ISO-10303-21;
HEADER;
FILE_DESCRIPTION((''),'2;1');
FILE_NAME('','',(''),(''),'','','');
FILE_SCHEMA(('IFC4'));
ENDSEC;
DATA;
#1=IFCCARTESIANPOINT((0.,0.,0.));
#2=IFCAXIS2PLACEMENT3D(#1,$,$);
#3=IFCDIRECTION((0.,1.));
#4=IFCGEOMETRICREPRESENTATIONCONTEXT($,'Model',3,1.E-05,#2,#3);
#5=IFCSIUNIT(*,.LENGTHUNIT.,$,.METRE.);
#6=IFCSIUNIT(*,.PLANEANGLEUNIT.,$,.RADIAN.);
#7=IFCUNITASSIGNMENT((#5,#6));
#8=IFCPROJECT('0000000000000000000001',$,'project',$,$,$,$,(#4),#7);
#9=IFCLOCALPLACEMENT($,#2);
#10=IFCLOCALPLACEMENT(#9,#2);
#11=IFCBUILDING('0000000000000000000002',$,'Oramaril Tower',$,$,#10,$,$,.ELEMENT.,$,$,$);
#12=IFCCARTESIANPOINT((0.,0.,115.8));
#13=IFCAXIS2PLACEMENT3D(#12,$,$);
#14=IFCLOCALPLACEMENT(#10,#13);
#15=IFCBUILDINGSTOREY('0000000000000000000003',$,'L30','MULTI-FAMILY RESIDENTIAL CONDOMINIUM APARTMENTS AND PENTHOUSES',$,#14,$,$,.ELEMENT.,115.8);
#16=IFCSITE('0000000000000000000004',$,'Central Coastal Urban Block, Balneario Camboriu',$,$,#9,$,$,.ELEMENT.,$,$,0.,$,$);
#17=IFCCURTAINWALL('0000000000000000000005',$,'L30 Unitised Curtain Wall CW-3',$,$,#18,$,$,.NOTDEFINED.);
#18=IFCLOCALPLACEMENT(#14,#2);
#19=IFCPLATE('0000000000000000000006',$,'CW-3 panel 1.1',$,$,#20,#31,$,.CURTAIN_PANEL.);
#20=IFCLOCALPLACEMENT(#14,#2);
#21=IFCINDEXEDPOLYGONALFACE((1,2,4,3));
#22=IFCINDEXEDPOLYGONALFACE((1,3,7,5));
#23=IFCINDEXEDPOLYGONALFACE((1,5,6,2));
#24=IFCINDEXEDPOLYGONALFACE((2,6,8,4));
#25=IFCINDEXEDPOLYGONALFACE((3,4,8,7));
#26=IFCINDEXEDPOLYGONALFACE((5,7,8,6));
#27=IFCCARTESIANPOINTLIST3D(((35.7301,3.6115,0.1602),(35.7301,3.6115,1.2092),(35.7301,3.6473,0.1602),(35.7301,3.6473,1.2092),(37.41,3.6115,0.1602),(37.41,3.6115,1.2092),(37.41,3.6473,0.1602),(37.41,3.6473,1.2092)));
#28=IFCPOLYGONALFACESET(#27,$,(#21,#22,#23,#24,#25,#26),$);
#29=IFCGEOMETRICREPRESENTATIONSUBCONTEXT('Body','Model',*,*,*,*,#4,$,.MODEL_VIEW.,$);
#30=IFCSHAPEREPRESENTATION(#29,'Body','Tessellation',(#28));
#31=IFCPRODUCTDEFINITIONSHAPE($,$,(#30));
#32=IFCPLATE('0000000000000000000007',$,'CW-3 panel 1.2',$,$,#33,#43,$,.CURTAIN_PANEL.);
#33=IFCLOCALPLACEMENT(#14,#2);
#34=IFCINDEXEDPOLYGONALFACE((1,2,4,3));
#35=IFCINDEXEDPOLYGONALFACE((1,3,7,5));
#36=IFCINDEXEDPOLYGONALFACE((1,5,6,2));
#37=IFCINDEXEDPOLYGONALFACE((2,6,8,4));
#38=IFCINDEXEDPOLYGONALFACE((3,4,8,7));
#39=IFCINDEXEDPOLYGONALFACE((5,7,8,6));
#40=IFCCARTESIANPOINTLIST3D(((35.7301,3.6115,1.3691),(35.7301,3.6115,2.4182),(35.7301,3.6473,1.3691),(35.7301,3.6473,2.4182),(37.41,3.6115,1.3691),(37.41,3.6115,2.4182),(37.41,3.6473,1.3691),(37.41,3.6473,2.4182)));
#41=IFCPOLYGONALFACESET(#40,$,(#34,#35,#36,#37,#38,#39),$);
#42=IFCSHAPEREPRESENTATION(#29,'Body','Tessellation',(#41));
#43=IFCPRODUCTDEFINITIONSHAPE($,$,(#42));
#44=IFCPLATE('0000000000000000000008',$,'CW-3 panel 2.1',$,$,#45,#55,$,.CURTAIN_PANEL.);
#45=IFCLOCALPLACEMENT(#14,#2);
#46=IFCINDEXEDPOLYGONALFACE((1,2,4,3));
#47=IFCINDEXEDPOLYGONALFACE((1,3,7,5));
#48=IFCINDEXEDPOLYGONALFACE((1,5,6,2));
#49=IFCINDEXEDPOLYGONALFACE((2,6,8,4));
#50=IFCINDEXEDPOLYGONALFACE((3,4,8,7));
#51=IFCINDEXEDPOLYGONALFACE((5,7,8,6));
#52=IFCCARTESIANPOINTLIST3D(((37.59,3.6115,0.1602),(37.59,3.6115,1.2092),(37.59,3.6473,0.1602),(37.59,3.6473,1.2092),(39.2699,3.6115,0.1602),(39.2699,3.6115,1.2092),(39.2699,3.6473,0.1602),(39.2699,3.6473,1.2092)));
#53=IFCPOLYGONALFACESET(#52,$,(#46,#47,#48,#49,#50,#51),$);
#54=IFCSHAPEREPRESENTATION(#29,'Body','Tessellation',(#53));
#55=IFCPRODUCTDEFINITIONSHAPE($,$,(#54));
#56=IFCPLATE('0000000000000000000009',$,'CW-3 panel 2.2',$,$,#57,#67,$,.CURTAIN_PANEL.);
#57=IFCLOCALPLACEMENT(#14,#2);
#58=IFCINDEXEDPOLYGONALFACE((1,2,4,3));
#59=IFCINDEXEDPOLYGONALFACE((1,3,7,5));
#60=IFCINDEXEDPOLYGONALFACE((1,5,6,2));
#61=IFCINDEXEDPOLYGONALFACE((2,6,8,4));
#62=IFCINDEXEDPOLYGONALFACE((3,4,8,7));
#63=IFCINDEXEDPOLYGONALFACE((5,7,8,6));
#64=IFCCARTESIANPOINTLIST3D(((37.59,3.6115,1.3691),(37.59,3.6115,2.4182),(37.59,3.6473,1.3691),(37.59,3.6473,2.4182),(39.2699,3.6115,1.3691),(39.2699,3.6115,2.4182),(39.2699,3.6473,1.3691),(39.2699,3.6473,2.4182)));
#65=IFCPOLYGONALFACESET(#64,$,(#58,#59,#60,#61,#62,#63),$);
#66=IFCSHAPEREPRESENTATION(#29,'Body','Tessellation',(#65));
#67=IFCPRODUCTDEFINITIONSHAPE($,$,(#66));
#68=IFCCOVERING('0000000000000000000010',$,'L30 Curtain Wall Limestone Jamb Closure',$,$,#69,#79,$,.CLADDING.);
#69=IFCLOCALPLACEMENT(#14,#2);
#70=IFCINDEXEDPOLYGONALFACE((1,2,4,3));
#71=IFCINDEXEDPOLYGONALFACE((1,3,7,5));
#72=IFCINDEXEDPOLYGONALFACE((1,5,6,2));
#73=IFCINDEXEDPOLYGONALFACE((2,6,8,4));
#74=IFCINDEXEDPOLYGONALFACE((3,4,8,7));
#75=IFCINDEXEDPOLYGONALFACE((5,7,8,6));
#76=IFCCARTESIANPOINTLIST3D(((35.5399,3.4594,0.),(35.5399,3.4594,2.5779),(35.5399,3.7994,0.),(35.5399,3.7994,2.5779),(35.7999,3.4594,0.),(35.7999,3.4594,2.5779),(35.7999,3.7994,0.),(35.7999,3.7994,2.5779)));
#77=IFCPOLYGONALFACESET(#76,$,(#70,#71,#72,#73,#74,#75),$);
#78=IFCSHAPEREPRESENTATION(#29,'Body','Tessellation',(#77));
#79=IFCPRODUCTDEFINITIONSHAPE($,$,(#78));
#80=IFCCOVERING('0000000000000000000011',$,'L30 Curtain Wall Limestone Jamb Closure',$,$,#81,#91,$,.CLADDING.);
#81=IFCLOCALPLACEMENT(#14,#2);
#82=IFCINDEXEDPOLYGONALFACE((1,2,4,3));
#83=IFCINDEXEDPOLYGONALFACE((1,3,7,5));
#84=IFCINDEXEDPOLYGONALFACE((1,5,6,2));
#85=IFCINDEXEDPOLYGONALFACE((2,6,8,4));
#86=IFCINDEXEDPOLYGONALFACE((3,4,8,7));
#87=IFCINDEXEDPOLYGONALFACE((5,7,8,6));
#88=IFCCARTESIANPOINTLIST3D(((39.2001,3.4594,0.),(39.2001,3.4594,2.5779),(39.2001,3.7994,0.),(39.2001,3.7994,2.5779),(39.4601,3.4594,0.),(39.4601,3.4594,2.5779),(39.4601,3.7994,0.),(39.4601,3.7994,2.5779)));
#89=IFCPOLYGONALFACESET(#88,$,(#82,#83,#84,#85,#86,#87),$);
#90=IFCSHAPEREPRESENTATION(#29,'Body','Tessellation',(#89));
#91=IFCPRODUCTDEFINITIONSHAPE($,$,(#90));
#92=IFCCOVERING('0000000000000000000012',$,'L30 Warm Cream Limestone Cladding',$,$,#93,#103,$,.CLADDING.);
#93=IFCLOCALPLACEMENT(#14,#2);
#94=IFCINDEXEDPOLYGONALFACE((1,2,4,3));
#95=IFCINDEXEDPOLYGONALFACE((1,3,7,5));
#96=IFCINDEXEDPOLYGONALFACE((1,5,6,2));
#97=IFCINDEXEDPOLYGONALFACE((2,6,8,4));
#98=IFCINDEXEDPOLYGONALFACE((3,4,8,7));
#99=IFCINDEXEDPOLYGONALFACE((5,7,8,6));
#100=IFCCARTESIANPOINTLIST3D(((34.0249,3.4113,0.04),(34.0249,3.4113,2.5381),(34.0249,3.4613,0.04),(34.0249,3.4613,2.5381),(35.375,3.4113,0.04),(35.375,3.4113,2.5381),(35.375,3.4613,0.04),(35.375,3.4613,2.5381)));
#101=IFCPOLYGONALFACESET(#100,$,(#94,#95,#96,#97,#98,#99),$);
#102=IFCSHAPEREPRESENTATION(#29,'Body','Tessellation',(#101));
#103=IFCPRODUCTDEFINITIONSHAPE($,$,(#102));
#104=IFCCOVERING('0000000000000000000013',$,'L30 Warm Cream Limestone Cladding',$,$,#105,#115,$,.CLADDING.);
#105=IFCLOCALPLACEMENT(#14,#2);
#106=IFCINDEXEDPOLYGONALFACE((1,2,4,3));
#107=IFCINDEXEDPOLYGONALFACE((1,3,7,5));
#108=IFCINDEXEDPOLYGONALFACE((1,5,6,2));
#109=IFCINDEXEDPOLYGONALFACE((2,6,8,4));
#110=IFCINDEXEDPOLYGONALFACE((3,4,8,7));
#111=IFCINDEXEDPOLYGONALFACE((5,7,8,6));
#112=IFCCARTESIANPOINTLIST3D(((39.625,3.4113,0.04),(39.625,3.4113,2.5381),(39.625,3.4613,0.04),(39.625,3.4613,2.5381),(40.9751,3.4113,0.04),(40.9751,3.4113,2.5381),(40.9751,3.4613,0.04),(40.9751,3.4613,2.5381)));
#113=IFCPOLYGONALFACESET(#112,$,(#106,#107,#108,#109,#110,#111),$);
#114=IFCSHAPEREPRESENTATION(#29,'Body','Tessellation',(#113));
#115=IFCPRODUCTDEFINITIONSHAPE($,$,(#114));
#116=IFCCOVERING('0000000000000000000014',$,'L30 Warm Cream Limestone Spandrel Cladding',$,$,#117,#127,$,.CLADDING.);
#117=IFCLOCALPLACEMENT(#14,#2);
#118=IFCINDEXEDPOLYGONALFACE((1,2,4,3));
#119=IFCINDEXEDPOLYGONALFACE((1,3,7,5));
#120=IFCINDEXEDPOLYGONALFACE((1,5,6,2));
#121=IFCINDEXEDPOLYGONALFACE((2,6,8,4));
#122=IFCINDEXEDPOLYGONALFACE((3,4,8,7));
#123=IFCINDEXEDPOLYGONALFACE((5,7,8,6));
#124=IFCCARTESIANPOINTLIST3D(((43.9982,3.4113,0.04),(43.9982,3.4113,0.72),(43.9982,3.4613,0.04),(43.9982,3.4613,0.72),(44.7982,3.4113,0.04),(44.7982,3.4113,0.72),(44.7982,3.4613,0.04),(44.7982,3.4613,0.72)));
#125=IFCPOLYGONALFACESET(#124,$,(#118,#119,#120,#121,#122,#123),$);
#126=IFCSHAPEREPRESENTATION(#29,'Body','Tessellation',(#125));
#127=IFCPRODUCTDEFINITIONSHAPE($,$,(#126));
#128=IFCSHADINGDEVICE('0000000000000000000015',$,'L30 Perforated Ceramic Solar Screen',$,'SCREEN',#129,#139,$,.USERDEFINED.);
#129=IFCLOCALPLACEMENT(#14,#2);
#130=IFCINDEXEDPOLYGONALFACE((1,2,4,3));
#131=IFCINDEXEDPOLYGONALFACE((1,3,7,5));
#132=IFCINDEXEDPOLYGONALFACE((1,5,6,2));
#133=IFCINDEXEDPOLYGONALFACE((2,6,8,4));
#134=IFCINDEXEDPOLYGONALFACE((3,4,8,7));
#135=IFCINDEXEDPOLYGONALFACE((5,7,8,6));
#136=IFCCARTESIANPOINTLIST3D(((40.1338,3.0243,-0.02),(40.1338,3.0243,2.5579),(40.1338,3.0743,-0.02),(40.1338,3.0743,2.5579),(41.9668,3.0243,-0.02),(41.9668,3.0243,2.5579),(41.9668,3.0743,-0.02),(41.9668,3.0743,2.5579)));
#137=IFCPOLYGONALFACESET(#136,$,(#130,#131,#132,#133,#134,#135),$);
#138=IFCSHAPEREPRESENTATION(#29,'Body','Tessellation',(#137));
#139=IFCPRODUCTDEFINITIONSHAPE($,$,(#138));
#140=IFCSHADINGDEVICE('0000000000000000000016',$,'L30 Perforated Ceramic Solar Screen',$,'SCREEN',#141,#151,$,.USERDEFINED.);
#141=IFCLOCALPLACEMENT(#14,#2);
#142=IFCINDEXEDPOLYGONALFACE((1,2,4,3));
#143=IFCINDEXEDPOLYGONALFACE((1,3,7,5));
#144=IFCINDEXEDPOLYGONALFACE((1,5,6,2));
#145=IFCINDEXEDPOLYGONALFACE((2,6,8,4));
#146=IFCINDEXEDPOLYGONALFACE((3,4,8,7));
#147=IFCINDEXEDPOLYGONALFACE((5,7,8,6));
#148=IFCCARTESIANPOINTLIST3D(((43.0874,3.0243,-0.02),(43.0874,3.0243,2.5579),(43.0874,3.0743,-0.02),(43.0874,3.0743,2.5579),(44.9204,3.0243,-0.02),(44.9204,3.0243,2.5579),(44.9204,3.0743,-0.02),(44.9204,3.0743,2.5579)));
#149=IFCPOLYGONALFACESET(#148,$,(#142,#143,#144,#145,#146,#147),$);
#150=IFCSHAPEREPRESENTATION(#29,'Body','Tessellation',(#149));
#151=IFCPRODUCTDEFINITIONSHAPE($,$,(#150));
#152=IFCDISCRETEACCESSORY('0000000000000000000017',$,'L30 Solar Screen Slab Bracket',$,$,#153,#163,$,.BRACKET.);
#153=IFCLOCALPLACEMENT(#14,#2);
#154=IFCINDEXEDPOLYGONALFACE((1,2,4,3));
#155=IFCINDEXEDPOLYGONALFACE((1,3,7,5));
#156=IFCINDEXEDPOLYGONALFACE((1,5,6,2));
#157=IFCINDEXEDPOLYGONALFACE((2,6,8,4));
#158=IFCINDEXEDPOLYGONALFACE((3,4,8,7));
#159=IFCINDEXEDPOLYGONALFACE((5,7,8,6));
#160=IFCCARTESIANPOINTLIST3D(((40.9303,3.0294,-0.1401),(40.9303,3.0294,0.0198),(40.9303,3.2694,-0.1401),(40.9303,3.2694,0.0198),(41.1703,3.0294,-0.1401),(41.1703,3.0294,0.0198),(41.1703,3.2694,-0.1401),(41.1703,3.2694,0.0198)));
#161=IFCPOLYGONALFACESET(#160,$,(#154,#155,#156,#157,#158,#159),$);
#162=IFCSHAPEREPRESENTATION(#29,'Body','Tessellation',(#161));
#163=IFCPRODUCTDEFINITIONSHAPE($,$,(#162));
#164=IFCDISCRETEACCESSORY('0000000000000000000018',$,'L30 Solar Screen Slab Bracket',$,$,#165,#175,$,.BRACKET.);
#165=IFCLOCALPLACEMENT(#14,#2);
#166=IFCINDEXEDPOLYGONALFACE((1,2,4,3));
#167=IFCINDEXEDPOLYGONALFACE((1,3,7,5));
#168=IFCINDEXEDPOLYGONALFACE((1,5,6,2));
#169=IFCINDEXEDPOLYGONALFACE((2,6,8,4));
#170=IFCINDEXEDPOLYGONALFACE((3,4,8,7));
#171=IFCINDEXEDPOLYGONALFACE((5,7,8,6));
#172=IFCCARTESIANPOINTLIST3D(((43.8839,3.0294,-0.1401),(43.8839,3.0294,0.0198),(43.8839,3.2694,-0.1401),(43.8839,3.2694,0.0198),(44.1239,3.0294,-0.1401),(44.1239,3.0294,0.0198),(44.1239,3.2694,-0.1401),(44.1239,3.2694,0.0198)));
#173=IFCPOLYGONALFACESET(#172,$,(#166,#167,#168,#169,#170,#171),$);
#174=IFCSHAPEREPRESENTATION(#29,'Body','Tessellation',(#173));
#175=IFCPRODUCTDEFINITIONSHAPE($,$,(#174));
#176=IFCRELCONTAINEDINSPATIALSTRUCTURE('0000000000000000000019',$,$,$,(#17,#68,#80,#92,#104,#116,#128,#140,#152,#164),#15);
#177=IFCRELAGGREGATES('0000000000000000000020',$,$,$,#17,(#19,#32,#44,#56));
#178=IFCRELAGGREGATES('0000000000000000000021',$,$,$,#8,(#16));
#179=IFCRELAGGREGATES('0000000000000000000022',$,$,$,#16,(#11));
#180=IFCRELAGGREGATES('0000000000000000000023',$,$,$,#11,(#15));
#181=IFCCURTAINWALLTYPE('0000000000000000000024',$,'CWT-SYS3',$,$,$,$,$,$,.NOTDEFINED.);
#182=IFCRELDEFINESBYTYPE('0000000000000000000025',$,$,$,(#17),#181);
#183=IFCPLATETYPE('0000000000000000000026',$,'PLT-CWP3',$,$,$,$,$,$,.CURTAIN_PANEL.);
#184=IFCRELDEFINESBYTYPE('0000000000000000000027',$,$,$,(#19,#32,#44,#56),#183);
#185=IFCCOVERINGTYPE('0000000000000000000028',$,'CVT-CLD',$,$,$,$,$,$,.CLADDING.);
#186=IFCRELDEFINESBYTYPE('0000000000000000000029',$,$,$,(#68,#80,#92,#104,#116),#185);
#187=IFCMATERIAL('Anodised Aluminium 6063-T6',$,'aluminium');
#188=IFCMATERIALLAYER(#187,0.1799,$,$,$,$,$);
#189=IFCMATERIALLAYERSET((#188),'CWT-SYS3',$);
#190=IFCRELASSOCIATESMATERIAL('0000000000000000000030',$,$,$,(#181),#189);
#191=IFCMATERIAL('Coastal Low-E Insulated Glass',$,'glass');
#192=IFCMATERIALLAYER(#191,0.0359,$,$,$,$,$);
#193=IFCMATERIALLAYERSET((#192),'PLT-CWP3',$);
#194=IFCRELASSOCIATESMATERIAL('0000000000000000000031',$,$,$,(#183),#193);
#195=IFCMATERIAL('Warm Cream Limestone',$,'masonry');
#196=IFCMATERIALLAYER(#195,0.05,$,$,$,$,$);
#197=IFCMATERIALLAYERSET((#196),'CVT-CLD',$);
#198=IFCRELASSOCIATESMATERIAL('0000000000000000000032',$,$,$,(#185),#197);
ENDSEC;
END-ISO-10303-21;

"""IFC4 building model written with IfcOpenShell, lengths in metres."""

from ifc_helpers import new_model, si_unit, direction, frame, origin, origin_2d, place, context, subcontext, project, spatial, rectangle, extrude, material, layer, layer_set, type_object, element, aggregate, save


model = new_model("IFC4")

# Units and contexts
model_context = context("Model", 3, precision=1e-05, world=origin(), true_north=direction((0.0, 1.0)))
body_context = subcontext(model_context, "Body", "Model", "MODEL_VIEW")
ifc_project = project(units=[si_unit("LENGTHUNIT", "METRE"), si_unit("PLANEANGLEUNIT", "RADIAN")], contexts=[model_context])

# Site, building, storey
site_placement = place(None, origin())
site = spatial("IfcSite", under=ifc_project, at=site_placement, Name="Central Coastal Urban Block, Balneario Camboriu", CompositionType="ELEMENT", RefElevation=0.0)
building_placement = place(site_placement, origin())
building = spatial("IfcBuilding", under=site, at=building_placement, Name="Oramaril Tower", CompositionType="ELEMENT")
storey_placement = place(building_placement, frame((0.0, 0.0, 115.8)))
storey = spatial("IfcBuildingStorey", under=building, at=storey_placement, Name="L30", Description="MULTI-FAMILY RESIDENTIAL CONDOMINIUM APARTMENTS AND PENTHOUSES", CompositionType="ELEMENT", Elevation=115.8)

# Curtain wall, plates
ifc_material_1 = material(Name="Anodised Aluminium 6063-T6", Category="aluminium")
ifc_layer_1 = layer(ifc_material_1, 0.1799)
ifc_layer_set_1 = layer_set([ifc_layer_1], Name="CWT-SYS3")
curtain_wall_type = type_object("IfcCurtainWallType", Name="CWT-SYS3", PredefinedType="NOTDEFINED", material=ifc_layer_set_1)
curtain_wall_placement = place(storey_placement, origin())
curtain_wall = element("IfcCurtainWall", 1, at=curtain_wall_placement, inside=storey, type_object=curtain_wall_type, Name="L30 Unitised Curtain Wall CW-3", PredefinedType="NOTDEFINED")
ifc_material_2 = material(Name="Coastal Low-E Insulated Glass", Category="glass")
ifc_layer_2 = layer(ifc_material_2, 0.0359)
ifc_layer_set_2 = layer_set([ifc_layer_2], Name="PLT-CWP3")
plate_type = type_object("IfcPlateType", Name="PLT-CWP3", PredefinedType="CURTAIN_PANEL", material=ifc_layer_set_2)
plate_1_placement = place(storey_placement, frame((36.5701, 3.6294, 0.1602), z_axis=(0.0, 0.0, 1.0), x_axis=(1.0, 0.0, 0.0)))
plate_1 = element("IfcPlate", 2, at=plate_1_placement, type_object=plate_type, Name="CW-3 panel 1.1", PredefinedType="CURTAIN_PANEL", context=body_context, shape_type="SweptSolid", body=[
    extrude(rectangle(XDim=1.6799, YDim=0.0359, at=origin_2d()), origin(), (0.0, 0.0, 1.0), 1.0491),
])
plate_2_placement = place(storey_placement, frame((36.5701, 3.6294, 1.3691), z_axis=(0.0, 0.0, 1.0), x_axis=(1.0, 0.0, 0.0)))
plate_2 = element("IfcPlate", 3, at=plate_2_placement, type_object=plate_type, Name="CW-3 panel 1.2", PredefinedType="CURTAIN_PANEL", context=body_context, shape_type="SweptSolid", body=[
    extrude(rectangle(XDim=1.6799, YDim=0.0359, at=origin_2d()), origin(), (0.0, 0.0, 1.0), 1.0491),
])
plate_3_placement = place(storey_placement, frame((38.4299, 3.6294, 0.1602), z_axis=(0.0, 0.0, 1.0), x_axis=(1.0, 0.0, 0.0)))
plate_3 = element("IfcPlate", 4, at=plate_3_placement, type_object=plate_type, Name="CW-3 panel 2.1", PredefinedType="CURTAIN_PANEL", context=body_context, shape_type="SweptSolid", body=[
    extrude(rectangle(XDim=1.6799, YDim=0.0359, at=origin_2d()), origin(), (0.0, 0.0, 1.0), 1.0491),
])
plate_4_placement = place(storey_placement, frame((38.4299, 3.6294, 1.3691), z_axis=(0.0, 0.0, 1.0), x_axis=(1.0, 0.0, 0.0)))
plate_4 = element("IfcPlate", 5, at=plate_4_placement, type_object=plate_type, Name="CW-3 panel 2.2", PredefinedType="CURTAIN_PANEL", context=body_context, shape_type="SweptSolid", body=[
    extrude(rectangle(XDim=1.6799, YDim=0.0359, at=origin_2d()), origin(), (0.0, 0.0, 1.0), 1.0491),
])
aggregate(curtain_wall, [plate_1, plate_2, plate_3, plate_4])

# Coverings
ifc_material_3 = material(Name="Warm Cream Limestone", Category="masonry")
ifc_layer_3 = layer(ifc_material_3, 0.05)
ifc_layer_set_3 = layer_set([ifc_layer_3], Name="CVT-CLD")
covering_type = type_object("IfcCoveringType", Name="CVT-CLD", PredefinedType="CLADDING", material=ifc_layer_set_3)
for number, where, z_axis, x_axis, name in (
    (6, (35.6699, 3.6294, 0.0), (0.0, 0.0, 1.0), (1.0, 0.0, 0.0), "L30 Curtain Wall Limestone Jamb Closure"),
    (7, (39.3301, 3.6294, 0.0), (0.0, 0.0, 1.0), (1.0, 0.0, 0.0), "L30 Curtain Wall Limestone Jamb Closure"),
):
    element("IfcCovering", number, at=place(storey_placement, frame(where, z_axis=z_axis, x_axis=x_axis)), inside=storey, type_object=covering_type, Name=name, PredefinedType="CLADDING", context=body_context, shape_type="SweptSolid", body=[
        extrude(rectangle(XDim=0.26, YDim=0.3401, at=origin_2d()), origin(), (0.0, 0.0, 1.0), 2.5779),
    ])
for number, where, z_axis, x_axis, name in (
    (8, (34.7, 3.4363, 0.04), (0.0, 0.0, 1.0), (1.0, 0.0, 0.0), "L30 Warm Cream Limestone Cladding"),
    (9, (40.3, 3.4363, 0.04), (0.0, 0.0, 1.0), (1.0, 0.0, 0.0), "L30 Warm Cream Limestone Cladding"),
):
    element("IfcCovering", number, at=place(storey_placement, frame(where, z_axis=z_axis, x_axis=x_axis)), inside=storey, type_object=covering_type, Name=name, PredefinedType="CLADDING", context=body_context, shape_type="SweptSolid", body=[
        extrude(rectangle(XDim=1.3501, YDim=0.05, at=origin_2d()), origin(), (0.0, 0.0, 1.0), 2.498),
    ])
covering_placement = place(storey_placement, frame((44.3982, 3.4363, 0.04), z_axis=(0.0, 0.0, 1.0), x_axis=(1.0, 0.0, 0.0)))
element("IfcCovering", 10, at=covering_placement, inside=storey, type_object=covering_type, Name="L30 Warm Cream Limestone Spandrel Cladding", PredefinedType="CLADDING", context=body_context, shape_type="SweptSolid", body=[
    extrude(rectangle(XDim=0.8, YDim=0.05, at=origin_2d()), origin(), (0.0, 0.0, 1.0), 0.6799),
])

# Shading devices
for number, where, z_axis, x_axis, name in (
    (11, (41.0503, 3.0493, -0.02), (0.0, 0.0, 1.0), (1.0, 0.0, 0.0), "L30 Perforated Ceramic Solar Screen"),
    (12, (44.0039, 3.0493, -0.02), (0.0, 0.0, 1.0), (1.0, 0.0, 0.0), "L30 Perforated Ceramic Solar Screen"),
):
    element("IfcShadingDevice", number, at=place(storey_placement, frame(where, z_axis=z_axis, x_axis=x_axis)), inside=storey, Name=name, ObjectType="SCREEN", PredefinedType="USERDEFINED", context=body_context, shape_type="SweptSolid", body=[
        extrude(rectangle(XDim=1.833, YDim=0.05, at=origin_2d()), origin(), (0.0, 0.0, 1.0), 2.5779),
    ])

# Discrete accessories
for number, where, z_axis, x_axis, name in (
    (13, (41.0503, 3.1494, -0.1401), (0.0, 0.0, 1.0), (1.0, 0.0, 0.0), "L30 Solar Screen Slab Bracket"),
    (14, (44.0039, 3.1494, -0.1401), (0.0, 0.0, 1.0), (1.0, 0.0, 0.0), "L30 Solar Screen Slab Bracket"),
):
    element("IfcDiscreteAccessory", number, at=place(storey_placement, frame(where, z_axis=z_axis, x_axis=x_axis)), inside=storey, Name=name, PredefinedType="BRACKET", context=body_context, shape_type="SweptSolid", body=[
        extrude(rectangle(XDim=0.24, YDim=0.24, at=origin_2d()), origin(), (0.0, 0.0, 1.0), 0.1599),
    ])

save(model, "model.ifc")
